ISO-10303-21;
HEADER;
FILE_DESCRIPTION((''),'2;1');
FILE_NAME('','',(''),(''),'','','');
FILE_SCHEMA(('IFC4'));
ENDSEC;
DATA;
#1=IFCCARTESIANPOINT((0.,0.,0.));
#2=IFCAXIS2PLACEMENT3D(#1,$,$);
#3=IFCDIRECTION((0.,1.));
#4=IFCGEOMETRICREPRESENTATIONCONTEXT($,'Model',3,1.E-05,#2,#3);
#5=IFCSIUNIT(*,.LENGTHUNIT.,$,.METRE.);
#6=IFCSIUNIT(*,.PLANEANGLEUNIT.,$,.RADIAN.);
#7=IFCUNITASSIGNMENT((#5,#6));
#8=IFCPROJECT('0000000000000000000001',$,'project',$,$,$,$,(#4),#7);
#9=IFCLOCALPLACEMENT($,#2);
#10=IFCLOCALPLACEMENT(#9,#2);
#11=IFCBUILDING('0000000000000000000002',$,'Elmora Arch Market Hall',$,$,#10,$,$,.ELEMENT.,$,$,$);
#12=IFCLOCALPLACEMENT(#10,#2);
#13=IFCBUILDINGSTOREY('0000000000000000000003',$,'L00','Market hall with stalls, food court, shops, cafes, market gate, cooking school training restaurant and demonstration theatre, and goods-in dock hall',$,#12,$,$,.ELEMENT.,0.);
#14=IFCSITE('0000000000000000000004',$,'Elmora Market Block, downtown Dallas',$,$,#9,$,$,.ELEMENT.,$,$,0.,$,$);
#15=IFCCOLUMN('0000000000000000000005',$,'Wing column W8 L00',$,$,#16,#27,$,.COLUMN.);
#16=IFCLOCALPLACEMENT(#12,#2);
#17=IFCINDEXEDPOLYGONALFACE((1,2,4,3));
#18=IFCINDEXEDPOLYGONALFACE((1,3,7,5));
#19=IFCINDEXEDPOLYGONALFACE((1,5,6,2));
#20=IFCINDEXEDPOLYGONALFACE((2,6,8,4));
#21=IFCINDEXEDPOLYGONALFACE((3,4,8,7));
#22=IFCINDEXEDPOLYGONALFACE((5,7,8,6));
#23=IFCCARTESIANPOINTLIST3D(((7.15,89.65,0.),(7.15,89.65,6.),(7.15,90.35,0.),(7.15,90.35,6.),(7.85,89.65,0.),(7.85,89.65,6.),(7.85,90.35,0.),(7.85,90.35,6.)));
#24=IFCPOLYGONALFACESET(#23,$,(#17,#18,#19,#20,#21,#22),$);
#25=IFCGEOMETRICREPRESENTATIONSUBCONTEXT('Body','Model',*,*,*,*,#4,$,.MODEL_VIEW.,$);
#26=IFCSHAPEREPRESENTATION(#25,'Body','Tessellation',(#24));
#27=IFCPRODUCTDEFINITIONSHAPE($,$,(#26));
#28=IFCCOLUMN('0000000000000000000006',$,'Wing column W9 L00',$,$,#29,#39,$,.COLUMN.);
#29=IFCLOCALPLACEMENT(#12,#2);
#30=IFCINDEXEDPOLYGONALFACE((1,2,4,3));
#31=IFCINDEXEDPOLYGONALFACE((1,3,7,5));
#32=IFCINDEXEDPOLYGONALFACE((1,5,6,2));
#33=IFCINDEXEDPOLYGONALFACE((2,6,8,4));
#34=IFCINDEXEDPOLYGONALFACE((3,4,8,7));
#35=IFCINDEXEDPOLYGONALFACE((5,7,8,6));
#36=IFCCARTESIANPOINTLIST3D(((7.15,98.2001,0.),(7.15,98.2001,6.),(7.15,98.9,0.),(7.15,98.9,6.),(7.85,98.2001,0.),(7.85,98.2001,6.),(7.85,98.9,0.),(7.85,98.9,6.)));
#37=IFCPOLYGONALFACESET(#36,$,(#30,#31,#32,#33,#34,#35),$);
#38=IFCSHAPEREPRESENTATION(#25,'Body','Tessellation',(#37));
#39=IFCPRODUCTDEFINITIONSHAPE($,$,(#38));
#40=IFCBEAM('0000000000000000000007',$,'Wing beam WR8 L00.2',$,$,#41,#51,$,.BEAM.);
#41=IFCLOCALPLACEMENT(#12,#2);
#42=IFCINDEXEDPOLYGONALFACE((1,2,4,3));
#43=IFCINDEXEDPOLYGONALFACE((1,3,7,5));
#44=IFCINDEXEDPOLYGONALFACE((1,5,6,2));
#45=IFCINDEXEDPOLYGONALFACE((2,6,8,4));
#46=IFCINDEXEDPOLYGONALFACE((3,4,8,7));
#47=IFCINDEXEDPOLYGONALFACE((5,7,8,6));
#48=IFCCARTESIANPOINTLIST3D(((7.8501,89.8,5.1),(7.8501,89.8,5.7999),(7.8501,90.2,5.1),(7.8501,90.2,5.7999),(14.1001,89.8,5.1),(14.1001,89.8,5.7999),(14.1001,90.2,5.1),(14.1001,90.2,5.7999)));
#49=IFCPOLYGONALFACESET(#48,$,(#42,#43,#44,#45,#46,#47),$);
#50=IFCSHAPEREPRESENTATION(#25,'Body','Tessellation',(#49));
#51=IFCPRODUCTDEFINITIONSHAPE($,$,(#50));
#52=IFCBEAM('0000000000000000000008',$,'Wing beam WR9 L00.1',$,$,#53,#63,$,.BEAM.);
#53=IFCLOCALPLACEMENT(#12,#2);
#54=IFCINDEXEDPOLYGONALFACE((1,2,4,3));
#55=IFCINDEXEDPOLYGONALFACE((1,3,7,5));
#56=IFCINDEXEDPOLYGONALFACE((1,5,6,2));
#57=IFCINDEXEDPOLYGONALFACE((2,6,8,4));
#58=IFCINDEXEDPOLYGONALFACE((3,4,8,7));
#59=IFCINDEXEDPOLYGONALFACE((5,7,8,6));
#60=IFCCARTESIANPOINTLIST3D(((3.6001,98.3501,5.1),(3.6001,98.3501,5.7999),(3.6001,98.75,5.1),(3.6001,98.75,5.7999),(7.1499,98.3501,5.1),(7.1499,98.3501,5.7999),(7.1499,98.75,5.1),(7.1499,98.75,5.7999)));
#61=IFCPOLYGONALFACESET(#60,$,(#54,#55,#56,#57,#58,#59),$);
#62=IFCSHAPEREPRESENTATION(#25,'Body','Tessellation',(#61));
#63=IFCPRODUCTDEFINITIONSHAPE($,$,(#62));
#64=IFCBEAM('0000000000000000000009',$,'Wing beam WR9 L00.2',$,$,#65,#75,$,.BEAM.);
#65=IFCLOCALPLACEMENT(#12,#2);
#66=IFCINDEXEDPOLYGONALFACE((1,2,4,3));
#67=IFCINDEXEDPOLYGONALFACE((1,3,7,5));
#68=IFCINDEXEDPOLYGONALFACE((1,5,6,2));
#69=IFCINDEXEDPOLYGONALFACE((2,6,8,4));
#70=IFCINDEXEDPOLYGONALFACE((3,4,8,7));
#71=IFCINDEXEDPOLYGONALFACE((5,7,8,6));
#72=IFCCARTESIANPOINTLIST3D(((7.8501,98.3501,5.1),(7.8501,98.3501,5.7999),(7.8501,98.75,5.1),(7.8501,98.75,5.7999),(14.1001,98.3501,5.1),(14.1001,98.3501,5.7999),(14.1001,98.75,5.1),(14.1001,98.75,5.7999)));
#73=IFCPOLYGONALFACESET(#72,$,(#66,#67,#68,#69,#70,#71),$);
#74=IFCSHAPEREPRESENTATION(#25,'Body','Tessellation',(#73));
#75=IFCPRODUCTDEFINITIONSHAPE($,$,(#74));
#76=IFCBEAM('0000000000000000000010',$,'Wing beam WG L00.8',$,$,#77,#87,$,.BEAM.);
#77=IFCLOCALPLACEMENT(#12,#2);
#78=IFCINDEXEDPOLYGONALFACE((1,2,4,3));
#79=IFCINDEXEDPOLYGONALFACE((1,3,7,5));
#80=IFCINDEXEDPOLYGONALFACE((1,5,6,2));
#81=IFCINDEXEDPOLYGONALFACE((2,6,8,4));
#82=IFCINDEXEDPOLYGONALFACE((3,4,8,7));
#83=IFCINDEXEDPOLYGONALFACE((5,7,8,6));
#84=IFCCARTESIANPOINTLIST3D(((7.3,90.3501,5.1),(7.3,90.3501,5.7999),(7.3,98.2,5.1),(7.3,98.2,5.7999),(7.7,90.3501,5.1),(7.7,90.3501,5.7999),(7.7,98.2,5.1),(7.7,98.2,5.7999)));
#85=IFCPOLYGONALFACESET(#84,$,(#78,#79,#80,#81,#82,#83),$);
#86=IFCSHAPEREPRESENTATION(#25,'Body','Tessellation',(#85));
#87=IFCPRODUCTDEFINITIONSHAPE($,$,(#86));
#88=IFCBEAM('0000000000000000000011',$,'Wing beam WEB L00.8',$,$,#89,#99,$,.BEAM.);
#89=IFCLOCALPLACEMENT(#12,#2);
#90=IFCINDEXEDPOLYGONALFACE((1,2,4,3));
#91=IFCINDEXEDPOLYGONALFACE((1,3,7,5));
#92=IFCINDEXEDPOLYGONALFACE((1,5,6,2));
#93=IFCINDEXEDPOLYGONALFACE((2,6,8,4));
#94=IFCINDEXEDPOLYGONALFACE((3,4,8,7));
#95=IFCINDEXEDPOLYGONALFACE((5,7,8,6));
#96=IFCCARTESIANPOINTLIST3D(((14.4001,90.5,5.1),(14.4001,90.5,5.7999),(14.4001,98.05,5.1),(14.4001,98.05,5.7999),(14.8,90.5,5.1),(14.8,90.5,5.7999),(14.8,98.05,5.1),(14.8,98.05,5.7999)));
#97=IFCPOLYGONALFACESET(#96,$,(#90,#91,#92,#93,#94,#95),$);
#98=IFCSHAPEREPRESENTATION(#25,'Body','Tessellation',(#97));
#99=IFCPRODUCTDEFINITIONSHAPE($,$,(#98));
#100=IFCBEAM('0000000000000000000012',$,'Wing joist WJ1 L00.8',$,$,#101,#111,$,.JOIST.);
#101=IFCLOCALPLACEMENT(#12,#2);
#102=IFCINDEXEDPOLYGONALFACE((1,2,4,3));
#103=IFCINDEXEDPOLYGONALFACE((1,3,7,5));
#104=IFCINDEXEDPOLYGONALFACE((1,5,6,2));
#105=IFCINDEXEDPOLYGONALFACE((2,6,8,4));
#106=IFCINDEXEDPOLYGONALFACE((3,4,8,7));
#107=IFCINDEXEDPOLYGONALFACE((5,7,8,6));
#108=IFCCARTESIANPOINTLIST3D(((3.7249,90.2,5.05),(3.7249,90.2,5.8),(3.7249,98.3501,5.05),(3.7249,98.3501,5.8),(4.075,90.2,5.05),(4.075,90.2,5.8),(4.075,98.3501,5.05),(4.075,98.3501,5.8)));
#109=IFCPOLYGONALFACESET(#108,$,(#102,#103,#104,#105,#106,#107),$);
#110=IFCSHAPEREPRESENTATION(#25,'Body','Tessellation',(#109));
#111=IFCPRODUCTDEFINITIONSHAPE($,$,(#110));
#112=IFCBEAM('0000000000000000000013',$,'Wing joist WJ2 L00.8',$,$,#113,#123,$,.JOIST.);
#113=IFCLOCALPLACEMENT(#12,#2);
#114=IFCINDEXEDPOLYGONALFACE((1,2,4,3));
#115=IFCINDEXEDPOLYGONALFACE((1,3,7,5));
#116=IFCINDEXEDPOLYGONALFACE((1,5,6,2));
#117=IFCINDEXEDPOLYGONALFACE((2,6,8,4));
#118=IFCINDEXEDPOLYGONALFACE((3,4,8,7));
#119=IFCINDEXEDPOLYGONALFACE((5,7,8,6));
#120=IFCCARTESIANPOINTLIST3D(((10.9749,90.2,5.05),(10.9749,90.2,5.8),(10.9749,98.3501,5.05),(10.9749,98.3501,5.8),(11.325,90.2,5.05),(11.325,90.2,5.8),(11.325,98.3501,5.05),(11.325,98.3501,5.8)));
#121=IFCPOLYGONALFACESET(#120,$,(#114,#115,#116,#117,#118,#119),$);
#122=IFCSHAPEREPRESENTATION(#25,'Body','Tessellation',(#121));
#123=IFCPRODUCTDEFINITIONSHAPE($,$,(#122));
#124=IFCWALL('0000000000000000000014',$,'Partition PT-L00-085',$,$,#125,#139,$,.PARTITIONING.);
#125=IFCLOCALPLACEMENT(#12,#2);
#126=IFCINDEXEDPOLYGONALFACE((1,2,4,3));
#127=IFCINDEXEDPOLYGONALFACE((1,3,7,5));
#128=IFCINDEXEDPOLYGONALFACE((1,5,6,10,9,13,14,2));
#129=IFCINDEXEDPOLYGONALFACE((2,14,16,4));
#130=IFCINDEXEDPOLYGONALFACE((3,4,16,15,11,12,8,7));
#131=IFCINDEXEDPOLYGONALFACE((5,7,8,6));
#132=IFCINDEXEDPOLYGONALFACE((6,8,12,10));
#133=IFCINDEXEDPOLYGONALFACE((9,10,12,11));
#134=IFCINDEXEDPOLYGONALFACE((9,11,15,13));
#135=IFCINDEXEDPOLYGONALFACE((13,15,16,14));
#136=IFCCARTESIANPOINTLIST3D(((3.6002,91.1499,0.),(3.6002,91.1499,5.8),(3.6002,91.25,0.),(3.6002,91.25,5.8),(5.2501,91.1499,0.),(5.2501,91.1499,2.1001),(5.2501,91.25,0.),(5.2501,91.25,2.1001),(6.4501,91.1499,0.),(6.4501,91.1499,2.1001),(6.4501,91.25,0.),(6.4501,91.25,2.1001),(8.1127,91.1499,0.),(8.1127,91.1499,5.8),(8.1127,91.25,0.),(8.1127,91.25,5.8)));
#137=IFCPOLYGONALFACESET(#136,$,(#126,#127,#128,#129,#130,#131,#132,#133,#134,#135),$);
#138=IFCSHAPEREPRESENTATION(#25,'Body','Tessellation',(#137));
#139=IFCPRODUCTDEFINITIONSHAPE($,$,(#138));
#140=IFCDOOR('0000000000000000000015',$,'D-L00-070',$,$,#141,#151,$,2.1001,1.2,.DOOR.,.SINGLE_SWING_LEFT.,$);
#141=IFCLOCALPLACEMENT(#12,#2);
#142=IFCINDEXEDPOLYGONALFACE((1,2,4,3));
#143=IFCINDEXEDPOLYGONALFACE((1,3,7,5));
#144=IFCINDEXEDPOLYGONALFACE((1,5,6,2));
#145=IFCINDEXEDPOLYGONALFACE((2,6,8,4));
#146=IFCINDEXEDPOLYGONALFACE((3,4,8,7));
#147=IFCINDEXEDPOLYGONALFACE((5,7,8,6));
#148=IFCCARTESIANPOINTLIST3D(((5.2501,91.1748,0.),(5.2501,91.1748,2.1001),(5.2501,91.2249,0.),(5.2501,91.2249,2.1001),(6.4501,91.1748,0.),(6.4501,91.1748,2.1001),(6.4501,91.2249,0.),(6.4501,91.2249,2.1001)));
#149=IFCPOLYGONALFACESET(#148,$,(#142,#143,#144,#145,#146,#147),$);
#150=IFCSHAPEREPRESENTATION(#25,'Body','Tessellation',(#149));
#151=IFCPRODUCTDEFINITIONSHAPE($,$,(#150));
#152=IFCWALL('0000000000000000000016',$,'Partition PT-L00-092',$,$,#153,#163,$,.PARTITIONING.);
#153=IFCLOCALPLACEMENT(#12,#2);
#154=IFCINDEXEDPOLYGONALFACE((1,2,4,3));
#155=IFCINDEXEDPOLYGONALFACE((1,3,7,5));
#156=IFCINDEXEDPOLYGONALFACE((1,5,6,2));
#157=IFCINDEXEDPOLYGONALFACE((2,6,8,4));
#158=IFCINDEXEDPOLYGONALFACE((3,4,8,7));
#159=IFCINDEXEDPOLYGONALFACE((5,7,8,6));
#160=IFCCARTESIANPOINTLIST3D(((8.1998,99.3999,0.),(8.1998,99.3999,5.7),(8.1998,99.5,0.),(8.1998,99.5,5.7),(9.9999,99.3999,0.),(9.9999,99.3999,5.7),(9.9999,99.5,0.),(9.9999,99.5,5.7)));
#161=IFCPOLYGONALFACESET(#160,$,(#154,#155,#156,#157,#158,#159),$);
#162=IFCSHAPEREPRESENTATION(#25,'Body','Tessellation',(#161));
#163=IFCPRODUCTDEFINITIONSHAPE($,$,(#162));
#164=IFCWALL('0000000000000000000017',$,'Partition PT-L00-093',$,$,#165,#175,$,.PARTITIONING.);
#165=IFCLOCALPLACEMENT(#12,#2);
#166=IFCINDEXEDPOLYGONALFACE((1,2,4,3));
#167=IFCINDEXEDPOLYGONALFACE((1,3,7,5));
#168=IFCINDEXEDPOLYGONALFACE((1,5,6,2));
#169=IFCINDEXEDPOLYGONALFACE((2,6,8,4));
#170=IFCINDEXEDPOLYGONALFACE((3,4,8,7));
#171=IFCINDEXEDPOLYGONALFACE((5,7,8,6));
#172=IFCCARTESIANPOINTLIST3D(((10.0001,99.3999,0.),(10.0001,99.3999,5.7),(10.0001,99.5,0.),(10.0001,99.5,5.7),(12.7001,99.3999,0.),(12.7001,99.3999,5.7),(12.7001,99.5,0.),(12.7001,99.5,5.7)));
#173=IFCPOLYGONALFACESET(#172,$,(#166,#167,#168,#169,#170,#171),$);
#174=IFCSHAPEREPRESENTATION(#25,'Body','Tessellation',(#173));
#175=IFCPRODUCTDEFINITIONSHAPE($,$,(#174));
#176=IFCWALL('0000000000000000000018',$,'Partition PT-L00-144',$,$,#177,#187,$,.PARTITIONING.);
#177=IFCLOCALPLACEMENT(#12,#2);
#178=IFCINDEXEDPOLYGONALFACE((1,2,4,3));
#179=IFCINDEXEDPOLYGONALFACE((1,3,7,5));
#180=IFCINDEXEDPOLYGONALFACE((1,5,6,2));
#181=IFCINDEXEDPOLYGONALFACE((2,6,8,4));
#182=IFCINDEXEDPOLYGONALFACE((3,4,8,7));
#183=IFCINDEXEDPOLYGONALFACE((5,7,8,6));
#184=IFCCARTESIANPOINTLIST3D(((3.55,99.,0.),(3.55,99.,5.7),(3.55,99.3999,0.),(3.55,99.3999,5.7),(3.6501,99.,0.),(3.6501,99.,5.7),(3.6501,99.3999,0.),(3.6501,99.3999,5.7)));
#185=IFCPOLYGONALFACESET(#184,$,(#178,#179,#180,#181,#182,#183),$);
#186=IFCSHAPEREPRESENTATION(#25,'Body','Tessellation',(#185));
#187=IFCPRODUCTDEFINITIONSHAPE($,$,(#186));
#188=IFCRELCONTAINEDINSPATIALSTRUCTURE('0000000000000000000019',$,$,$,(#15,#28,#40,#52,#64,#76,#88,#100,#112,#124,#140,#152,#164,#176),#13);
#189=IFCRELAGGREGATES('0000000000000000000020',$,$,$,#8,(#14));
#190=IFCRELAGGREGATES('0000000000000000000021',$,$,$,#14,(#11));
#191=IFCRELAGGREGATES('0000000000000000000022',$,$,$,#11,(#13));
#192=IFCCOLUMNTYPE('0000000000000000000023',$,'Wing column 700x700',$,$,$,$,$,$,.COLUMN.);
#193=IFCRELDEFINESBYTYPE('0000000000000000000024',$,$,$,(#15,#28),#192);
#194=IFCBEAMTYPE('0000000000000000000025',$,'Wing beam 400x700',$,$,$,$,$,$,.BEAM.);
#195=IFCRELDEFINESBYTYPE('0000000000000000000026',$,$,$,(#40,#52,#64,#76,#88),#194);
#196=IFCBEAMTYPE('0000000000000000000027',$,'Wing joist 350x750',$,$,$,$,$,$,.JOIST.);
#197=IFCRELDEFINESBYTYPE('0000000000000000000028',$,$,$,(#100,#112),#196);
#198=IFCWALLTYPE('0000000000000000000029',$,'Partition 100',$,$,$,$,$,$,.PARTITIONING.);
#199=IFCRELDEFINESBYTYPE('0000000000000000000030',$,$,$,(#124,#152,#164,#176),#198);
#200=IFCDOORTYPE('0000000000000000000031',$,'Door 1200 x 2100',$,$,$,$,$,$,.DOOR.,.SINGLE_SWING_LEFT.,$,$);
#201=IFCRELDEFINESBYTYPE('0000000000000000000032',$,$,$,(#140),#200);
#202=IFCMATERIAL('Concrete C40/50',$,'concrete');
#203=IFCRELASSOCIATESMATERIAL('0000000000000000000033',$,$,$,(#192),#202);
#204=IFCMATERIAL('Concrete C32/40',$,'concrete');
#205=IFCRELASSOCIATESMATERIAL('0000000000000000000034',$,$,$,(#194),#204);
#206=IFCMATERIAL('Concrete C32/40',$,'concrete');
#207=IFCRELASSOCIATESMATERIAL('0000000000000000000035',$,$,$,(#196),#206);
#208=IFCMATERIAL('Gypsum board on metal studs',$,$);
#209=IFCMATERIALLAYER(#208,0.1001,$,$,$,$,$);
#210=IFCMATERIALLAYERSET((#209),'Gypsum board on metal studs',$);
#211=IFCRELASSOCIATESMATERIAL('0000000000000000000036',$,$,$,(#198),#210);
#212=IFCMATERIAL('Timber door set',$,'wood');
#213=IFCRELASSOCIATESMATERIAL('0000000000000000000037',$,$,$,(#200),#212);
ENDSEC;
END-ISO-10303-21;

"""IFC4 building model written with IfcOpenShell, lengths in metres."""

from ifc_helpers import new_model, si_unit, direction, frame, frame_2d, origin, origin_2d, place, context, subcontext, project, spatial, rectangle, extrude, material, layer, layer_set, material_profile, profile_set, type_object, element, fill, save


model = new_model("IFC4")

# Units and contexts
model_context = context("Model", 3, precision=1e-05, world=origin(), true_north=direction((0.0, 1.0)))
body_context = subcontext(model_context, "Body", "Model", "MODEL_VIEW")
ifc_project = project(units=[si_unit("LENGTHUNIT", "METRE"), si_unit("PLANEANGLEUNIT", "RADIAN")], contexts=[model_context])

# Site, building, storey
site_placement = place(None, origin())
site = spatial("IfcSite", under=ifc_project, at=site_placement, Name="Elmora Market Block, downtown Dallas", CompositionType="ELEMENT", RefElevation=0.0)
building_placement = place(site_placement, origin())
building = spatial("IfcBuilding", under=site, at=building_placement, Name="Elmora Arch Market Hall", CompositionType="ELEMENT")
storey_placement = place(building_placement, origin())
storey = spatial("IfcBuildingStorey", under=building, at=storey_placement, Name="L00", Description="Market hall with stalls, food court, shops, cafes, market gate, cooking school training restaurant and demonstration theatre, and goods-in dock hall", CompositionType="ELEMENT", Elevation=0.0)

# Columns
ifc_material_1 = material(Name="Concrete C40/50", Category="concrete")
ifc_material_profile_1 = material_profile(ifc_material_1, rectangle(XDim=0.7, YDim=0.7, at=origin_2d()), Name="Wing column 700x700")
ifc_profile_set_1 = profile_set([ifc_material_profile_1], Name="Concrete C40/50")
column_type = type_object("IfcColumnType", Name="Wing column 700x700", PredefinedType="COLUMN", material=ifc_profile_set_1)
for number, where, z_axis, x_axis, name in (
    (1, (7.5, 90.0, 0.0), (0.0, 0.0, 1.0), (1.0, 0.0, 0.0), "Wing column W8 L00"),
    (2, (7.5, 98.55, 0.0), (0.0, 0.0, 1.0), (1.0, 0.0, 0.0), "Wing column W9 L00"),
):
    element("IfcColumn", number, at=place(storey_placement, frame(where, z_axis=z_axis, x_axis=x_axis)), inside=storey, type_object=column_type, Name=name, PredefinedType="COLUMN", context=body_context, shape_type="SweptSolid", body=[
        extrude(rectangle(XDim=0.7, YDim=0.7, at=origin_2d()), origin(), (0.0, 0.0, 1.0), 6.0),
    ])

# Beams
ifc_material_2 = material(Name="Concrete C32/40", Category="concrete")
ifc_material_profile_2 = material_profile(ifc_material_2, rectangle(XDim=0.3999, YDim=0.7, at=origin_2d()), Name="Wing beam 400x700")
ifc_profile_set_2 = profile_set([ifc_material_profile_2], Name="Concrete C32/40")
beam_type_1 = type_object("IfcBeamType", Name="Wing beam 400x700", PredefinedType="BEAM", material=ifc_profile_set_2)
beam_1_placement = place(storey_placement, frame((7.8501, 90.0, 5.45), z_axis=(1.0, 0.0, 0.0), x_axis=(0.0, 1.0, 0.0)))
element("IfcBeam", 3, at=beam_1_placement, inside=storey, type_object=beam_type_1, Name="Wing beam WR8 L00.2", PredefinedType="BEAM", context=body_context, shape_type="SweptSolid", body=[
    extrude(rectangle(XDim=0.3999, YDim=0.7, at=origin_2d()), origin(), (0.0, 0.0, 1.0), 6.25),
])
beam_2_placement = place(storey_placement, frame((3.6001, 98.55, 5.45), z_axis=(1.0, 0.0, 0.0), x_axis=(0.0, 1.0, 0.0)))
element("IfcBeam", 4, at=beam_2_placement, inside=storey, type_object=beam_type_1, Name="Wing beam WR9 L00.1", PredefinedType="BEAM", context=body_context, shape_type="SweptSolid", body=[
    extrude(rectangle(XDim=0.3999, YDim=0.7, at=origin_2d()), origin(), (0.0, 0.0, 1.0), 3.5498),
])
beam_3_placement = place(storey_placement, frame((7.8501, 98.55, 5.45), z_axis=(1.0, 0.0, 0.0), x_axis=(0.0, 1.0, 0.0)))
element("IfcBeam", 5, at=beam_3_placement, inside=storey, type_object=beam_type_1, Name="Wing beam WR9 L00.2", PredefinedType="BEAM", context=body_context, shape_type="SweptSolid", body=[
    extrude(rectangle(XDim=0.3999, YDim=0.7, at=origin_2d()), origin(), (0.0, 0.0, 1.0), 6.25),
])
beam_4_placement = place(storey_placement, frame((7.5, 90.3501, 5.45), z_axis=(0.0, 1.0, 0.0), x_axis=(-1.0, 0.0, 0.0)))
element("IfcBeam", 6, at=beam_4_placement, inside=storey, type_object=beam_type_1, Name="Wing beam WG L00.8", PredefinedType="BEAM", context=body_context, shape_type="SweptSolid", body=[
    extrude(rectangle(XDim=0.3999, YDim=0.7, at=origin_2d()), origin(), (0.0, 0.0, 1.0), 7.8499),
])
beam_5_placement = place(storey_placement, frame((14.6001, 90.5, 5.45), z_axis=(0.0, 1.0, 0.0), x_axis=(-1.0, 0.0, 0.0)))
element("IfcBeam", 7, at=beam_5_placement, inside=storey, type_object=beam_type_1, Name="Wing beam WEB L00.8", PredefinedType="BEAM", context=body_context, shape_type="SweptSolid", body=[
    extrude(rectangle(XDim=0.3999, YDim=0.7, at=origin_2d()), origin(), (0.0, 0.0, 1.0), 7.55),
])
ifc_material_3 = material(Name="Concrete C32/40", Category="concrete")
ifc_material_profile_3 = material_profile(ifc_material_3, rectangle(XDim=0.3501, YDim=0.75, at=origin_2d()), Name="Wing joist 350x750")
ifc_profile_set_3 = profile_set([ifc_material_profile_3], Name="Concrete C32/40")
beam_type_2 = type_object("IfcBeamType", Name="Wing joist 350x750", PredefinedType="JOIST", material=ifc_profile_set_3)
for number, where, z_axis, x_axis, name in (
    (8, (3.8999, 90.2, 5.425), (0.0, 1.0, 0.0), (-1.0, 0.0, 0.0), "Wing joist WJ1 L00.8"),
    (9, (11.1499, 90.2, 5.425), (0.0, 1.0, 0.0), (-1.0, 0.0, 0.0), "Wing joist WJ2 L00.8"),
):
    element("IfcBeam", number, at=place(storey_placement, frame(where, z_axis=z_axis, x_axis=x_axis)), inside=storey, type_object=beam_type_2, Name=name, PredefinedType="JOIST", context=body_context, shape_type="SweptSolid", body=[
        extrude(rectangle(XDim=0.3501, YDim=0.75, at=origin_2d()), origin(), (0.0, 0.0, 1.0), 8.1501),
    ])

# Wall, opening, door
ifc_material_4 = material(Name="Gypsum board on metal studs")
ifc_layer_1 = layer(ifc_material_4, 0.1001)
ifc_layer_set_1 = layer_set([ifc_layer_1], Name="Gypsum board on metal studs")
wall_type_1 = type_object("IfcWallType", Name="Partition 100", PredefinedType="PARTITIONING", material=ifc_layer_set_1)
wall_1_placement = place(storey_placement, frame((3.6001, 91.2, 0.0), z_axis=(0.0, 0.0, 1.0), x_axis=(1.0, 0.0, 0.0)))
wall_1 = element("IfcWall", 10, at=wall_1_placement, inside=storey, type_object=wall_type_1, Name="Partition PT-L00-085", PredefinedType="PARTITIONING", context=body_context, shape_type="SweptSolid", body=[
    extrude(rectangle(XDim=4.5125, YDim=0.1001, at=frame_2d((2.2563, 0.0))), origin(), (0.0, 0.0, 1.0), 5.8),
])
opening_1_placement = place(wall_1_placement, frame((1.6499, 0.0, 0.0)))
opening_1 = element("IfcOpeningElement", 11, at=opening_1_placement, cuts=wall_1, PredefinedType="OPENING", context=body_context, shape_type="SweptSolid", body=[
    extrude(rectangle(XDim=1.2, YDim=2.1001, at=frame_2d((0.6001, 1.05))), frame((0.0, 0.0601, 0.0), z_axis=(0.0, -1.0, 0.0), x_axis=(1.0, 0.0, 0.0)), (0.0, 0.0, 1.0), 0.1201),
])
ifc_material_5 = material(Name="Timber door set", Category="wood")
door_type_1 = type_object("IfcDoorType", Name="Door 1200 x 2100", OperationType="SINGLE_SWING_LEFT", PredefinedType="DOOR", material=ifc_material_5)
door_1_placement = place(opening_1_placement, origin())
door_1 = element("IfcDoor", 12, at=door_1_placement, inside=storey, type_object=door_type_1, Name="D-L00-070", OperationType="SINGLE_SWING_LEFT", OverallHeight=2.1001, OverallWidth=1.2, PredefinedType="DOOR", context=body_context, shape_type="SweptSolid", body=[
    extrude(rectangle(XDim=1.2, YDim=2.1001, at=frame_2d((0.6001, 1.05))), frame((0.0, 0.0249, 0.0), z_axis=(0.0, -1.0, 0.0), x_axis=(1.0, 0.0, 0.0)), (0.0, 0.0, 1.0), 0.05),
])
fill(opening_1, door_1)

# Walls
wall_2_placement = place(storey_placement, frame((8.2, 99.45, 0.0), z_axis=(0.0, 0.0, 1.0), x_axis=(1.0, 0.0, 0.0)))
element("IfcWall", 13, at=wall_2_placement, inside=storey, type_object=wall_type_1, Name="Partition PT-L00-092", PredefinedType="PARTITIONING", context=body_context, shape_type="SweptSolid", body=[
    extrude(rectangle(XDim=1.8, YDim=0.1001, at=frame_2d((0.8999, 0.0))), origin(), (0.0, 0.0, 1.0), 5.7),
])
wall_3_placement = place(storey_placement, frame((10.0, 99.45, 0.0), z_axis=(0.0, 0.0, 1.0), x_axis=(1.0, 0.0, 0.0)))
element("IfcWall", 14, at=wall_3_placement, inside=storey, type_object=wall_type_1, Name="Partition PT-L00-093", PredefinedType="PARTITIONING", context=body_context, shape_type="SweptSolid", body=[
    extrude(rectangle(XDim=2.7, YDim=0.1001, at=frame_2d((1.3501, 0.0))), origin(), (0.0, 0.0, 1.0), 5.7),
])
wall_4_placement = place(storey_placement, frame((3.6001, 99.0, 0.0), z_axis=(0.0, 0.0, 1.0), x_axis=(0.0, 1.0, 0.0)))
element("IfcWall", 15, at=wall_4_placement, inside=storey, type_object=wall_type_1, Name="Partition PT-L00-144", PredefinedType="PARTITIONING", context=body_context, shape_type="SweptSolid", body=[
    extrude(rectangle(XDim=0.3999, YDim=0.1001, at=frame_2d((0.2, 0.0))), origin(), (0.0, 0.0, 1.0), 5.7),
])

save(model, "model.ifc")
